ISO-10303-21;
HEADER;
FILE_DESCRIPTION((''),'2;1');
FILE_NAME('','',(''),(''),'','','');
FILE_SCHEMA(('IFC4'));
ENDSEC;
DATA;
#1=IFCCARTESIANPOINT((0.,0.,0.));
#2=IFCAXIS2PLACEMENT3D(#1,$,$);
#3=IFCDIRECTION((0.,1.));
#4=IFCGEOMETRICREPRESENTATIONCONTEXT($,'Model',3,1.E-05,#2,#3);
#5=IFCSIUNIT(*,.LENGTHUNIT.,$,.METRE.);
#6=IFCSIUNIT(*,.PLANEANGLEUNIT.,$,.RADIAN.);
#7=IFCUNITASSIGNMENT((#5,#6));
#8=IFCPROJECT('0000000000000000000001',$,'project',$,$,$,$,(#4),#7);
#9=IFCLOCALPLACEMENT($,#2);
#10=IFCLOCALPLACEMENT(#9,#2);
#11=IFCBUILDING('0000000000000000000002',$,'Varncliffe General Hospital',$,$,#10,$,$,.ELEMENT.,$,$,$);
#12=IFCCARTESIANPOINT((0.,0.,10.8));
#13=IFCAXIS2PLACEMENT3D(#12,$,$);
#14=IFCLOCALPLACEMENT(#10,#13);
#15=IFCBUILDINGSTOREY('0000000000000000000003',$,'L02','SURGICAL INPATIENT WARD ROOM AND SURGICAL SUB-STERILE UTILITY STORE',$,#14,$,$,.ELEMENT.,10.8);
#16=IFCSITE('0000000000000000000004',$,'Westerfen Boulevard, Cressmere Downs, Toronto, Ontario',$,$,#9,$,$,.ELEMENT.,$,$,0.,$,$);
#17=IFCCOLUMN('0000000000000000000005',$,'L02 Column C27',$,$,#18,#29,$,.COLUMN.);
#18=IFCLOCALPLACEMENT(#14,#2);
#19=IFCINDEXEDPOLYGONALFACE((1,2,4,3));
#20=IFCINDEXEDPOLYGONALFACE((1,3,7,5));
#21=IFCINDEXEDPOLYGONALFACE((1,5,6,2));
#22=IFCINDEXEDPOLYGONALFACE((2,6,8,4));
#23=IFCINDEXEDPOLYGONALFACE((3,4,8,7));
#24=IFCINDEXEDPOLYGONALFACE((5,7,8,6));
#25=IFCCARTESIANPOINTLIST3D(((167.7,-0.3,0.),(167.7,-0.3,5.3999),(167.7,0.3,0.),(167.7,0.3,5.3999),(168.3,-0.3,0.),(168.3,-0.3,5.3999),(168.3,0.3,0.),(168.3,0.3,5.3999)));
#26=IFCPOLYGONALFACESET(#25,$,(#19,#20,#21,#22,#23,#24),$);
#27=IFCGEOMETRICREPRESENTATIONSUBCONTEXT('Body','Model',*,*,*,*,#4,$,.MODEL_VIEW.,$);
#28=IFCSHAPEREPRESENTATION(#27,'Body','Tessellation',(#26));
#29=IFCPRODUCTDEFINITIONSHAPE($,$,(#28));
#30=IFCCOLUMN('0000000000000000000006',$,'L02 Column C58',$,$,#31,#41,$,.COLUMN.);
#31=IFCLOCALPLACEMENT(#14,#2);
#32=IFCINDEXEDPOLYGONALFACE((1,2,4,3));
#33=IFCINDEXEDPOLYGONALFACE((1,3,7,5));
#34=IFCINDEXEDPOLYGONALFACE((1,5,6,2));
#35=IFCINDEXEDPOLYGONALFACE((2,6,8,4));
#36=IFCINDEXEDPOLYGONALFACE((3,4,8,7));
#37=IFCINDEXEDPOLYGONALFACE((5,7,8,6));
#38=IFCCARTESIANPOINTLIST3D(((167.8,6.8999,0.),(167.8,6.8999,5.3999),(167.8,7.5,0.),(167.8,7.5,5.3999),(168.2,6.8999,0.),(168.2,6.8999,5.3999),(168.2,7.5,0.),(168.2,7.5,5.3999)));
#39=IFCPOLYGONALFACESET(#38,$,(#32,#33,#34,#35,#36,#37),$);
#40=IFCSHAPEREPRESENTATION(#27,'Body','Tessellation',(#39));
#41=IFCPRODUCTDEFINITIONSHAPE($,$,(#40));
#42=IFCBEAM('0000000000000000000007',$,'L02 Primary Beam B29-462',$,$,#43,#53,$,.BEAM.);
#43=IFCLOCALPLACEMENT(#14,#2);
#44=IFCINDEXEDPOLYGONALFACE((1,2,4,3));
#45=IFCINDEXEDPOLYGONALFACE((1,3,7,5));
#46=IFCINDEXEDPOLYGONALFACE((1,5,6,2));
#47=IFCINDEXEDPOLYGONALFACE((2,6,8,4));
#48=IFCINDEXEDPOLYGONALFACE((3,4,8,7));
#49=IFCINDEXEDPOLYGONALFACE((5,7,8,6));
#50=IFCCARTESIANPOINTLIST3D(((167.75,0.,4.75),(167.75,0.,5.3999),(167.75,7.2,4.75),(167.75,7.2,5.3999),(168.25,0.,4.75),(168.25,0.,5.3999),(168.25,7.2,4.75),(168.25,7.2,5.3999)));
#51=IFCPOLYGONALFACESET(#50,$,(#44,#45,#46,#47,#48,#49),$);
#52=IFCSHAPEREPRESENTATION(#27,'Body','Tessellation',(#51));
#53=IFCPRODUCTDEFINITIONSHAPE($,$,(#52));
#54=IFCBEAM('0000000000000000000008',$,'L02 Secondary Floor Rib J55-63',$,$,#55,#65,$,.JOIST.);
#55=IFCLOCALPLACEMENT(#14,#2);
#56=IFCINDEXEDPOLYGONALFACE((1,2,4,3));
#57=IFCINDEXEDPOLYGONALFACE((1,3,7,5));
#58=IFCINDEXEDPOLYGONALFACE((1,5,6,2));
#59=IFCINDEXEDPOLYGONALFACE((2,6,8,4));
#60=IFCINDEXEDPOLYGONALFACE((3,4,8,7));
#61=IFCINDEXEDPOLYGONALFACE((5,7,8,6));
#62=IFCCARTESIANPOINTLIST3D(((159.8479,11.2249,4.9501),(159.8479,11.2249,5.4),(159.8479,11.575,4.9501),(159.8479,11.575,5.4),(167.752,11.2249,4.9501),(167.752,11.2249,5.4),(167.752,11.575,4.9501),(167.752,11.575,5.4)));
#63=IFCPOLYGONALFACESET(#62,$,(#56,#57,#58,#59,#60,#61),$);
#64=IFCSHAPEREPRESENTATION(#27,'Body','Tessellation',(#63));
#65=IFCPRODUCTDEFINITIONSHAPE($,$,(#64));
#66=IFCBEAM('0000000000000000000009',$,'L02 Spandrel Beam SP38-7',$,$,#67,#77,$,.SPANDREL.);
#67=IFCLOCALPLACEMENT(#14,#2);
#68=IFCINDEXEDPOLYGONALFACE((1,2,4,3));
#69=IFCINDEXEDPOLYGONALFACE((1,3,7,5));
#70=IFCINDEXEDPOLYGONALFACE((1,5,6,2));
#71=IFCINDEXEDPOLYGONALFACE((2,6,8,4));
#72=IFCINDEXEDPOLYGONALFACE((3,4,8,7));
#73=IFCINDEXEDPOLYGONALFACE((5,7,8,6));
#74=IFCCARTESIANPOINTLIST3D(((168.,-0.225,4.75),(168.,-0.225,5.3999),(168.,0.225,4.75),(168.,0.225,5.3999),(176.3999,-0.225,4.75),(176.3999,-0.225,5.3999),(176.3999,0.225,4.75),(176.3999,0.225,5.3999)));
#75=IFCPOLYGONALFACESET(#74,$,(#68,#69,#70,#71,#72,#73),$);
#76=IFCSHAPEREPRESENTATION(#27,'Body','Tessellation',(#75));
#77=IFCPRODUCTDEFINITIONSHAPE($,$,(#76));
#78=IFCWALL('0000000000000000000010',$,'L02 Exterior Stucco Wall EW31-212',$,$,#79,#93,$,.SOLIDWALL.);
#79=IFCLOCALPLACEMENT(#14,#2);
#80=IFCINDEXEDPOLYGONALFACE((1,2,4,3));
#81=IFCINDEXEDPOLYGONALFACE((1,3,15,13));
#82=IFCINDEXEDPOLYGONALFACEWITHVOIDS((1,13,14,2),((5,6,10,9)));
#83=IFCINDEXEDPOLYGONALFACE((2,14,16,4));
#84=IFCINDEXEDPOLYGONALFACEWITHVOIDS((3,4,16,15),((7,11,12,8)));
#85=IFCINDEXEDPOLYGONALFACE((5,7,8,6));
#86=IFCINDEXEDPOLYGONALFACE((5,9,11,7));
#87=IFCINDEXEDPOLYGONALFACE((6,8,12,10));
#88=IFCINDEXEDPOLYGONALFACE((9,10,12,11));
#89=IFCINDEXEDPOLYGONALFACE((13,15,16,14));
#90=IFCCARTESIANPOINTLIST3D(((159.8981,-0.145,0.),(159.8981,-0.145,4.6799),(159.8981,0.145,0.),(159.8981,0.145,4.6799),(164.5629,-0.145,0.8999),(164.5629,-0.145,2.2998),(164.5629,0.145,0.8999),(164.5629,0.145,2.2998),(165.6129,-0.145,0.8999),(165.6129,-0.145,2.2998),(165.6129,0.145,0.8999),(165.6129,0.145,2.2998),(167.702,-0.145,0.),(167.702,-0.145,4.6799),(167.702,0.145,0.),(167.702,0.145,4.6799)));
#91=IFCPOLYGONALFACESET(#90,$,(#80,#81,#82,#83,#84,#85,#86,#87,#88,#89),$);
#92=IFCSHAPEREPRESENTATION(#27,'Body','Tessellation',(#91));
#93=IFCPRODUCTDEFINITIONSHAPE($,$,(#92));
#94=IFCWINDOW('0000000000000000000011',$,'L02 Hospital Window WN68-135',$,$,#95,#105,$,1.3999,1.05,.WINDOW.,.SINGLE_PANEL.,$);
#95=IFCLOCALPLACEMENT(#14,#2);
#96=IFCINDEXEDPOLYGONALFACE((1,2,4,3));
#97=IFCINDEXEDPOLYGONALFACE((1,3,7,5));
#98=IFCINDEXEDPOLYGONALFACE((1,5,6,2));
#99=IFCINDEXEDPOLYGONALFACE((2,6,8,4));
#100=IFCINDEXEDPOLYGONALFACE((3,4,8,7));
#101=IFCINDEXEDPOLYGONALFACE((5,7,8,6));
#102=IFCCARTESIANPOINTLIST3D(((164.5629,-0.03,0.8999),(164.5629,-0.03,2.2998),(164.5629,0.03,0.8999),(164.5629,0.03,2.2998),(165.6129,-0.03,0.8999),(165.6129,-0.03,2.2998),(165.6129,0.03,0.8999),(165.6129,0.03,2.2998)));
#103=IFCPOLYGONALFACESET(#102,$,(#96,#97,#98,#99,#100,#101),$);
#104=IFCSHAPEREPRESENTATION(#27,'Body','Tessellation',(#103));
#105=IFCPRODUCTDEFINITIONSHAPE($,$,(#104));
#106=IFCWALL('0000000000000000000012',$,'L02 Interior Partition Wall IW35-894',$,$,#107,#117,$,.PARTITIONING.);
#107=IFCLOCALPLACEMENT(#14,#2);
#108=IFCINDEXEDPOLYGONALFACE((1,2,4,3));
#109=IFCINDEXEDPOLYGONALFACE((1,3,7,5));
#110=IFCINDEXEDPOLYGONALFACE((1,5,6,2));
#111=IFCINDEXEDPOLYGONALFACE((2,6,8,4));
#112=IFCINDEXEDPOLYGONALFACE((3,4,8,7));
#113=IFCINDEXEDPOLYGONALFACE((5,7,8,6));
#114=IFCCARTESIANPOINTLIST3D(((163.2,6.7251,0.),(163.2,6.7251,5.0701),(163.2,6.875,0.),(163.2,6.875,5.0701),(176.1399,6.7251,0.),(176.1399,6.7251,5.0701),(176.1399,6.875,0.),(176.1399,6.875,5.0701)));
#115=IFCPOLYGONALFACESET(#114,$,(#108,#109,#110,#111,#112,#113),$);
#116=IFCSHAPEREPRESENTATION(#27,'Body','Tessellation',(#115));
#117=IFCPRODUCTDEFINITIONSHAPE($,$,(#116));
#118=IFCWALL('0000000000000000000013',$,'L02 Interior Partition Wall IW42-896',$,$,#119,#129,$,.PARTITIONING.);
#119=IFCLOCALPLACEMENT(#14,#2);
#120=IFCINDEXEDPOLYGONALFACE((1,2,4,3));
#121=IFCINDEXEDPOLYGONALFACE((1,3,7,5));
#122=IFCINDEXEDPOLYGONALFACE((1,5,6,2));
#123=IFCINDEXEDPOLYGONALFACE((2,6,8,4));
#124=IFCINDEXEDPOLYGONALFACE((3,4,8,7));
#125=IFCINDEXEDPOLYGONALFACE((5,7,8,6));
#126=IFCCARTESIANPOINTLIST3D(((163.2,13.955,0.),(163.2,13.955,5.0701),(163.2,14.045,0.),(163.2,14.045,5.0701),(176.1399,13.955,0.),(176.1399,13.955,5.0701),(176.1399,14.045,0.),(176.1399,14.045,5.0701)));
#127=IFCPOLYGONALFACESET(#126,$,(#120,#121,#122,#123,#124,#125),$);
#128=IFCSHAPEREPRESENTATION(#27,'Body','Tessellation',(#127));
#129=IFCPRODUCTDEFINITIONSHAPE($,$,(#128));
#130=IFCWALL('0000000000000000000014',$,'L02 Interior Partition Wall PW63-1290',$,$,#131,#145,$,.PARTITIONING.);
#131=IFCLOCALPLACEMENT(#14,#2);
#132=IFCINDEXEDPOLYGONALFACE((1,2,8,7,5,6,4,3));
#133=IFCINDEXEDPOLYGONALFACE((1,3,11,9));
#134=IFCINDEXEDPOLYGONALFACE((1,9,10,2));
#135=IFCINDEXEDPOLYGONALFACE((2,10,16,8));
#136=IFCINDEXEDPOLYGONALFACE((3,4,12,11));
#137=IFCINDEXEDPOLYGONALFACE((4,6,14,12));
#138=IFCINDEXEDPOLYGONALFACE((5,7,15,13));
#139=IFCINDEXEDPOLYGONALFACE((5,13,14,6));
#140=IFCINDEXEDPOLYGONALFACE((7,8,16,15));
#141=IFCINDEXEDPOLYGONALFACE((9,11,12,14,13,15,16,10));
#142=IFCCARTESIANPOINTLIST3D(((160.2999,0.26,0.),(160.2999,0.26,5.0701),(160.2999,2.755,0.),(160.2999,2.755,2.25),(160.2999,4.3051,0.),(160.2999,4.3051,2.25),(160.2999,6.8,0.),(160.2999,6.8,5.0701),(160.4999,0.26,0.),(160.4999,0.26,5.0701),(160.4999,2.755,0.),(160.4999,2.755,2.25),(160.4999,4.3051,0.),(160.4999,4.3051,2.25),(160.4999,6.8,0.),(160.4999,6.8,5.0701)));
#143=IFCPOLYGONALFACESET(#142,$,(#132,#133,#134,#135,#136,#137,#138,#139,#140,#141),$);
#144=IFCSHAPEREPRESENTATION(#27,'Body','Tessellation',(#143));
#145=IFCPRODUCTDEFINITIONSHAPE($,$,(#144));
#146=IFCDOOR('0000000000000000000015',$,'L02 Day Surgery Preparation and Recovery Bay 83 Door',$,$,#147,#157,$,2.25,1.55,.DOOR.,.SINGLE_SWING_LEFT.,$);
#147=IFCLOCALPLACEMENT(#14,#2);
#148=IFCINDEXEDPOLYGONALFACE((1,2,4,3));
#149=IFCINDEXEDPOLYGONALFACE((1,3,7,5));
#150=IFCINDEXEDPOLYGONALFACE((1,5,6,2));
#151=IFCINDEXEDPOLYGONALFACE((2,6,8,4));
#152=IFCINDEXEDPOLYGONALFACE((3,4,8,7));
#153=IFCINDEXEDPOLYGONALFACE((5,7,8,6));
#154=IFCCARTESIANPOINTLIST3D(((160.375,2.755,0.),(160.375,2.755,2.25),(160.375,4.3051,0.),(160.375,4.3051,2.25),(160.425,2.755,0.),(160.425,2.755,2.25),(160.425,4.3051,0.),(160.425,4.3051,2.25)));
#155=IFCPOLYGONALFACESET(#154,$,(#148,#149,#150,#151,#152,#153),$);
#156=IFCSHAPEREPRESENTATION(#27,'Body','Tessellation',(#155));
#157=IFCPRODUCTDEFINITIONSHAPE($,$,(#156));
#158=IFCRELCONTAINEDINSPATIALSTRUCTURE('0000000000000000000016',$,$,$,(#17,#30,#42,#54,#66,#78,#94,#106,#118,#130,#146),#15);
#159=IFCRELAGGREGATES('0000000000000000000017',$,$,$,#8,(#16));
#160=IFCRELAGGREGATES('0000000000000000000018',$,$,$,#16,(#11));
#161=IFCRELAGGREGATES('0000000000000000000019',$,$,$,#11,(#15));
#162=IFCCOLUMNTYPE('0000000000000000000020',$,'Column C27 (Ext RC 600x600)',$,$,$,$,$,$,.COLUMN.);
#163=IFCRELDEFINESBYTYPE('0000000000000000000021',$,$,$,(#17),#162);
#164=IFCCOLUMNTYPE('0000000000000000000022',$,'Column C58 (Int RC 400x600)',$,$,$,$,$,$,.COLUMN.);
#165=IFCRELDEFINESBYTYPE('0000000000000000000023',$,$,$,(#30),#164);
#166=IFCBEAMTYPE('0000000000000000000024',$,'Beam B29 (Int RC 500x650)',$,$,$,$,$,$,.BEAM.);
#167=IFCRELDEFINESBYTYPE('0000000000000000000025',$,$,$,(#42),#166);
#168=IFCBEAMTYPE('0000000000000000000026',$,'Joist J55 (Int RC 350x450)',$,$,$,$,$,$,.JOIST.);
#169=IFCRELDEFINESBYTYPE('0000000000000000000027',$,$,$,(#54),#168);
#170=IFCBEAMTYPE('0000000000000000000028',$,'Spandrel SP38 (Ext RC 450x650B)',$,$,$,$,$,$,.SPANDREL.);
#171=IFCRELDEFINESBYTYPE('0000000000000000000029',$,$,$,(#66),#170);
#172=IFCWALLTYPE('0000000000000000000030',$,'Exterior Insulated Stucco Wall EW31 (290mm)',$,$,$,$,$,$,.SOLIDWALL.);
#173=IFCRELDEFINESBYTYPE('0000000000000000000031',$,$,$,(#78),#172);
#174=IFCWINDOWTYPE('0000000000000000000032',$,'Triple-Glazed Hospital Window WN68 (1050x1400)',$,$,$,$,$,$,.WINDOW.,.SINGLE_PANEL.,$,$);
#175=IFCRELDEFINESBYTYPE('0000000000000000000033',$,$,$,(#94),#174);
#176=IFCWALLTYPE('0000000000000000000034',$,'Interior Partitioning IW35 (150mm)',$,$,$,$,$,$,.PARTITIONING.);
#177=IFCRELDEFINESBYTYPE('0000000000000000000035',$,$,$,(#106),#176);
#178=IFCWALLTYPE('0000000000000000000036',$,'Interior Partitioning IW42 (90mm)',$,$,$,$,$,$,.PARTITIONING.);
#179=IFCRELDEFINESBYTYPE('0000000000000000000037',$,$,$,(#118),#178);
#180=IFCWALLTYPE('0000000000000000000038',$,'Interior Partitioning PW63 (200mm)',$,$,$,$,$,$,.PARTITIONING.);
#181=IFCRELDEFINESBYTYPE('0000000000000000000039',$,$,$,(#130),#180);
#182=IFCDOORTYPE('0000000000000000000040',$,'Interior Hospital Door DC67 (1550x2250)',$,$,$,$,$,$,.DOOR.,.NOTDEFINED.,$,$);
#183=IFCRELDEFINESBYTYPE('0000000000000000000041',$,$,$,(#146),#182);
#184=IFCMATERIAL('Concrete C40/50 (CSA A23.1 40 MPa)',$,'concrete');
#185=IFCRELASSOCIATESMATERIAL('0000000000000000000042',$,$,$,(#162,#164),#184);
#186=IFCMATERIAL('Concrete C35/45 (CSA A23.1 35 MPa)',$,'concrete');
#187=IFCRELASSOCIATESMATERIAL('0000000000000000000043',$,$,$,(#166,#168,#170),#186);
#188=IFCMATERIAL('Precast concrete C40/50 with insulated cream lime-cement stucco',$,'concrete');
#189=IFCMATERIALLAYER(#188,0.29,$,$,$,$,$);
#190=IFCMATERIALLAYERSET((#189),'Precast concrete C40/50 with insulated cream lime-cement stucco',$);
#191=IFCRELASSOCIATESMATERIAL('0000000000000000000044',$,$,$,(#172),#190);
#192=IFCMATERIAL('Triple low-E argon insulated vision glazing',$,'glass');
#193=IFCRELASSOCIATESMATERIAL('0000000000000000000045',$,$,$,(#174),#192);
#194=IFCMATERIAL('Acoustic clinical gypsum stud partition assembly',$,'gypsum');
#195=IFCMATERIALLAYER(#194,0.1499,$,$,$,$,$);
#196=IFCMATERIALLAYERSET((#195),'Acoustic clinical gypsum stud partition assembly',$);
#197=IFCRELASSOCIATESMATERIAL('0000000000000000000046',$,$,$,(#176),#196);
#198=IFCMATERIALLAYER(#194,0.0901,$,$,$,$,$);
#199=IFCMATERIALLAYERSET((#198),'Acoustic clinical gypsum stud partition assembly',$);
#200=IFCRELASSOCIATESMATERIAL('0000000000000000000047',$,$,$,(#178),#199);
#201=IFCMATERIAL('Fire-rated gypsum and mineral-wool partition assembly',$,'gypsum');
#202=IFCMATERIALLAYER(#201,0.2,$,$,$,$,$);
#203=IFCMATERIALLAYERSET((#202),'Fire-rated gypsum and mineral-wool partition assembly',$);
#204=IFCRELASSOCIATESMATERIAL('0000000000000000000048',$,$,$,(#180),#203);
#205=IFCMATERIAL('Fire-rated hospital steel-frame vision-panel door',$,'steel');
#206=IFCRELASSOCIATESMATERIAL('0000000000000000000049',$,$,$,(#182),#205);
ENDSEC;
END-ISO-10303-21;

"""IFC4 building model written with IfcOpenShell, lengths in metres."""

from ifc_helpers import new_model, si_unit, direction, frame, frame_2d, origin, origin_2d, place, context, subcontext, project, spatial, rectangle, extrude, material, layer, layer_set, material_profile, profile_set, type_object, element, fill, save


model = new_model("IFC4")

# Units and contexts
model_context = context("Model", 3, precision=1e-05, world=origin(), true_north=direction((0.0, 1.0)))
body_context = subcontext(model_context, "Body", "Model", "MODEL_VIEW")
ifc_project = project(units=[si_unit("LENGTHUNIT", "METRE"), si_unit("PLANEANGLEUNIT", "RADIAN")], contexts=[model_context])

# Site, building, storey
site_placement = place(None, origin())
site = spatial("IfcSite", under=ifc_project, at=site_placement, Name="Westerfen Boulevard, Cressmere Downs, Toronto, Ontario", CompositionType="ELEMENT", RefElevation=0.0)
building_placement = place(site_placement, origin())
building = spatial("IfcBuilding", under=site, at=building_placement, Name="Varncliffe General Hospital", CompositionType="ELEMENT")
storey_placement = place(building_placement, frame((0.0, 0.0, 10.8)))
storey = spatial("IfcBuildingStorey", under=building, at=storey_placement, Name="L02", Description="SURGICAL INPATIENT WARD ROOM AND SURGICAL SUB-STERILE UTILITY STORE", CompositionType="ELEMENT", Elevation=10.8)

# Columns
ifc_material_1 = material(Name="Concrete C40/50 (CSA A23.1 40 MPa)", Category="concrete")
ifc_material_profile_1 = material_profile(ifc_material_1, rectangle(XDim=0.6001, YDim=0.6001, at=origin_2d()), Name="RC 600x600")
ifc_profile_set_1 = profile_set([ifc_material_profile_1], Name="Concrete C40/50 (CSA A23.1 40 MPa)")
column_type_1 = type_object("IfcColumnType", Name="Column C27 (Ext RC 600x600)", PredefinedType="COLUMN", material=ifc_profile_set_1)
column_1_placement = place(storey_placement, frame((168.0, 0.0, 0.0), z_axis=(0.0, 0.0, 1.0), x_axis=(1.0, 0.0, 0.0)))
element("IfcColumn", 1, at=column_1_placement, inside=storey, type_object=column_type_1, Name="L02 Column C27", PredefinedType="COLUMN", context=body_context, shape_type="SweptSolid", body=[
    extrude(rectangle(XDim=0.6001, YDim=0.6001, at=origin_2d()), origin(), (0.0, 0.0, 1.0), 5.3999),
])
ifc_material_profile_2 = material_profile(ifc_material_1, rectangle(XDim=0.3999, YDim=0.6001, at=origin_2d()), Name="RC 400x600")
ifc_profile_set_2 = profile_set([ifc_material_profile_2], Name="Concrete C40/50 (CSA A23.1 40 MPa)")
column_type_2 = type_object("IfcColumnType", Name="Column C58 (Int RC 400x600)", PredefinedType="COLUMN", material=ifc_profile_set_2)
column_2_placement = place(storey_placement, frame((168.0, 7.2, 0.0), z_axis=(0.0, 0.0, 1.0), x_axis=(1.0, 0.0, 0.0)))
element("IfcColumn", 2, at=column_2_placement, inside=storey, type_object=column_type_2, Name="L02 Column C58", PredefinedType="COLUMN", context=body_context, shape_type="SweptSolid", body=[
    extrude(rectangle(XDim=0.3999, YDim=0.6001, at=origin_2d()), origin(), (0.0, 0.0, 1.0), 5.3999),
])

# Beams
ifc_material_2 = material(Name="Concrete C35/45 (CSA A23.1 35 MPa)", Category="concrete")
ifc_material_profile_3 = material_profile(ifc_material_2, rectangle(XDim=0.5, YDim=0.6499, at=origin_2d()), Name="RC 500x650")
ifc_profile_set_3 = profile_set([ifc_material_profile_3], Name="Concrete C35/45 (CSA A23.1 35 MPa)")
beam_type_1 = type_object("IfcBeamType", Name="Beam B29 (Int RC 500x650)", PredefinedType="BEAM", material=ifc_profile_set_3)
beam_1_placement = place(storey_placement, frame((168.0, 0.0, 5.075), z_axis=(0.0, 1.0, 0.0), x_axis=(-1.0, 0.0, 0.0)))
element("IfcBeam", 3, at=beam_1_placement, inside=storey, type_object=beam_type_1, Name="L02 Primary Beam B29-462", PredefinedType="BEAM", context=body_context, shape_type="SweptSolid", body=[
    extrude(rectangle(XDim=0.5, YDim=0.6499, at=origin_2d()), origin(), (0.0, 0.0, 1.0), 7.2),
])
ifc_material_profile_4 = material_profile(ifc_material_2, rectangle(XDim=0.3501, YDim=0.45, at=origin_2d()), Name="RC 350x450")
ifc_profile_set_4 = profile_set([ifc_material_profile_4], Name="Concrete C35/45 (CSA A23.1 35 MPa)")
beam_type_2 = type_object("IfcBeamType", Name="Joist J55 (Int RC 350x450)", PredefinedType="JOIST", material=ifc_profile_set_4)
beam_2_placement = place(storey_placement, frame((159.8479, 11.3999, 5.175), z_axis=(1.0, 0.0, 0.0), x_axis=(0.0, 1.0, 0.0)))
element("IfcBeam", 4, at=beam_2_placement, inside=storey, type_object=beam_type_2, Name="L02 Secondary Floor Rib J55-63", PredefinedType="JOIST", context=body_context, shape_type="SweptSolid", body=[
    extrude(rectangle(XDim=0.3501, YDim=0.45, at=origin_2d()), origin(), (0.0, 0.0, 1.0), 7.9041),
])
ifc_material_profile_5 = material_profile(ifc_material_2, rectangle(XDim=0.45, YDim=0.6499, at=origin_2d()), Name="RC 450x650")
ifc_profile_set_5 = profile_set([ifc_material_profile_5], Name="Concrete C35/45 (CSA A23.1 35 MPa)")
beam_type_3 = type_object("IfcBeamType", Name="Spandrel SP38 (Ext RC 450x650B)", PredefinedType="SPANDREL", material=ifc_profile_set_5)
beam_3_placement = place(storey_placement, frame((168.0, 0.0, 5.075), z_axis=(1.0, 0.0, 0.0), x_axis=(0.0, 1.0, 0.0)))
element("IfcBeam", 5, at=beam_3_placement, inside=storey, type_object=beam_type_3, Name="L02 Spandrel Beam SP38-7", PredefinedType="SPANDREL", context=body_context, shape_type="SweptSolid", body=[
    extrude(rectangle(XDim=0.45, YDim=0.6499, at=origin_2d()), origin(), (0.0, 0.0, 1.0), 8.3999),
])

# Wall, opening, window
ifc_material_3 = material(Name="Precast concrete C40/50 with insulated cream lime-cement stucco", Category="concrete")
ifc_layer_1 = layer(ifc_material_3, 0.29)
ifc_layer_set_1 = layer_set([ifc_layer_1], Name="Precast concrete C40/50 with insulated cream lime-cement stucco")
wall_type_1 = type_object("IfcWallType", Name="Exterior Insulated Stucco Wall EW31 (290mm)", PredefinedType="SOLIDWALL", material=ifc_layer_set_1)
wall_1_placement = place(storey_placement, frame((167.7019, 0.0, 0.0), z_axis=(0.0, 0.0, 1.0), x_axis=(-1.0, 0.0, 0.0)))
wall_1 = element("IfcWall", 6, at=wall_1_placement, inside=storey, type_object=wall_type_1, Name="L02 Exterior Stucco Wall EW31-212", PredefinedType="SOLIDWALL", context=body_context, shape_type="SweptSolid", body=[
    extrude(rectangle(XDim=7.804, YDim=0.29, at=frame_2d((3.9019, 0.0))), origin(), (0.0, 0.0, 1.0), 4.6799),
])
opening_1_placement = place(wall_1_placement, frame((2.0891, 0.0, 0.8999)))
opening_1 = element("IfcOpeningElement", 7, at=opening_1_placement, cuts=wall_1, PredefinedType="OPENING", context=body_context, shape_type="SweptSolid", body=[
    extrude(rectangle(XDim=1.05, YDim=1.3999, at=frame_2d((0.5249, 0.7))), frame((0.0, 0.155, 0.0), z_axis=(0.0, -1.0, 0.0), x_axis=(1.0, 0.0, 0.0)), (0.0, 0.0, 1.0), 0.3101),
])
ifc_material_4 = material(Name="Triple low-E argon insulated vision glazing", Category="glass")
window_type = type_object("IfcWindowType", Name="Triple-Glazed Hospital Window WN68 (1050x1400)", PartitioningType="SINGLE_PANEL", PredefinedType="WINDOW", material=ifc_material_4)
window_placement = place(opening_1_placement, origin())
window = element("IfcWindow", 8, at=window_placement, inside=storey, type_object=window_type, Name="L02 Hospital Window WN68-135", OverallHeight=1.3999, OverallWidth=1.05, PartitioningType="SINGLE_PANEL", PredefinedType="WINDOW", context=body_context, shape_type="SweptSolid", body=[
    extrude(rectangle(XDim=1.05, YDim=1.3999, at=frame_2d((0.5249, 0.7))), frame((0.0, 0.03, 0.0), z_axis=(0.0, -1.0, 0.0), x_axis=(1.0, 0.0, 0.0)), (0.0, 0.0, 1.0), 0.0601),
])
fill(opening_1, window)

# Walls
ifc_material_5 = material(Name="Acoustic clinical gypsum stud partition assembly", Category="gypsum")
ifc_layer_2 = layer(ifc_material_5, 0.1499)
ifc_layer_set_2 = layer_set([ifc_layer_2], Name="Acoustic clinical gypsum stud partition assembly")
wall_type_2 = type_object("IfcWallType", Name="Interior Partitioning IW35 (150mm)", PredefinedType="PARTITIONING", material=ifc_layer_set_2)
wall_2_placement = place(storey_placement, frame((163.2, 6.8, 0.0), z_axis=(0.0, 0.0, 1.0), x_axis=(1.0, 0.0, 0.0)))
element("IfcWall", 9, at=wall_2_placement, inside=storey, type_object=wall_type_2, Name="L02 Interior Partition Wall IW35-894", PredefinedType="PARTITIONING", context=body_context, shape_type="SweptSolid", body=[
    extrude(rectangle(XDim=12.9399, YDim=0.1499, at=frame_2d((6.47, 0.0))), origin(), (0.0, 0.0, 1.0), 5.0701),
])
ifc_layer_3 = layer(ifc_material_5, 0.0901)
ifc_layer_set_3 = layer_set([ifc_layer_3], Name="Acoustic clinical gypsum stud partition assembly")
wall_type_3 = type_object("IfcWallType", Name="Interior Partitioning IW42 (90mm)", PredefinedType="PARTITIONING", material=ifc_layer_set_3)
wall_3_placement = place(storey_placement, frame((163.2, 14.0, 0.0), z_axis=(0.0, 0.0, 1.0), x_axis=(1.0, 0.0, 0.0)))
element("IfcWall", 10, at=wall_3_placement, inside=storey, type_object=wall_type_3, Name="L02 Interior Partition Wall IW42-896", PredefinedType="PARTITIONING", context=body_context, shape_type="SweptSolid", body=[
    extrude(rectangle(XDim=12.9399, YDim=0.0901, at=frame_2d((6.47, 0.0))), origin(), (0.0, 0.0, 1.0), 5.0701),
])

# Wall, opening, door
ifc_material_6 = material(Name="Fire-rated gypsum and mineral-wool partition assembly", Category="gypsum")
ifc_layer_4 = layer(ifc_material_6, 0.2)
ifc_layer_set_4 = layer_set([ifc_layer_4], Name="Fire-rated gypsum and mineral-wool partition assembly")
wall_type_4 = type_object("IfcWallType", Name="Interior Partitioning PW63 (200mm)", PredefinedType="PARTITIONING", material=ifc_layer_set_4)
wall_4_placement = place(storey_placement, frame((160.3999, 0.26, 0.0), z_axis=(0.0, 0.0, 1.0), x_axis=(0.0, 1.0, 0.0)))
wall_4 = element("IfcWall", 11, at=wall_4_placement, inside=storey, type_object=wall_type_4, Name="L02 Interior Partition Wall PW63-1290", PredefinedType="PARTITIONING", context=body_context, shape_type="SweptSolid", body=[
    extrude(rectangle(XDim=6.54, YDim=0.2, at=frame_2d((3.27, 0.0))), origin(), (0.0, 0.0, 1.0), 5.0701),
])
opening_2_placement = place(wall_4_placement, frame((2.4951, 0.0, 0.0)))
opening_2 = element("IfcOpeningElement", 12, at=opening_2_placement, cuts=wall_4, PredefinedType="OPENING", context=body_context, shape_type="SweptSolid", body=[
    extrude(rectangle(XDim=1.55, YDim=2.25, at=frame_2d((0.7749, 1.125))), frame((0.0, 0.1099, 0.0), z_axis=(0.0, -1.0, 0.0), x_axis=(1.0, 0.0, 0.0)), (0.0, 0.0, 1.0), 0.22),
])
ifc_material_7 = material(Name="Fire-rated hospital steel-frame vision-panel door", Category="steel")
door_type_1 = type_object("IfcDoorType", Name="Interior Hospital Door DC67 (1550x2250)", OperationType="NOTDEFINED", PredefinedType="DOOR", material=ifc_material_7)
door_1_placement = place(opening_2_placement, origin())
door_1 = element("IfcDoor", 13, at=door_1_placement, inside=storey, type_object=door_type_1, Name="L02 Day Surgery Preparation and Recovery Bay 83 Door", OperationType="SINGLE_SWING_LEFT", OverallHeight=2.25, OverallWidth=1.55, PredefinedType="DOOR", context=body_context, shape_type="SweptSolid", body=[
    extrude(rectangle(XDim=1.55, YDim=2.25, at=frame_2d((0.7749, 1.125))), frame((0.0, 0.0249, 0.0), z_axis=(0.0, -1.0, 0.0), x_axis=(1.0, 0.0, 0.0)), (0.0, 0.0, 1.0), 0.05),
])
fill(opening_2, door_1)

save(model, "model.ifc")
